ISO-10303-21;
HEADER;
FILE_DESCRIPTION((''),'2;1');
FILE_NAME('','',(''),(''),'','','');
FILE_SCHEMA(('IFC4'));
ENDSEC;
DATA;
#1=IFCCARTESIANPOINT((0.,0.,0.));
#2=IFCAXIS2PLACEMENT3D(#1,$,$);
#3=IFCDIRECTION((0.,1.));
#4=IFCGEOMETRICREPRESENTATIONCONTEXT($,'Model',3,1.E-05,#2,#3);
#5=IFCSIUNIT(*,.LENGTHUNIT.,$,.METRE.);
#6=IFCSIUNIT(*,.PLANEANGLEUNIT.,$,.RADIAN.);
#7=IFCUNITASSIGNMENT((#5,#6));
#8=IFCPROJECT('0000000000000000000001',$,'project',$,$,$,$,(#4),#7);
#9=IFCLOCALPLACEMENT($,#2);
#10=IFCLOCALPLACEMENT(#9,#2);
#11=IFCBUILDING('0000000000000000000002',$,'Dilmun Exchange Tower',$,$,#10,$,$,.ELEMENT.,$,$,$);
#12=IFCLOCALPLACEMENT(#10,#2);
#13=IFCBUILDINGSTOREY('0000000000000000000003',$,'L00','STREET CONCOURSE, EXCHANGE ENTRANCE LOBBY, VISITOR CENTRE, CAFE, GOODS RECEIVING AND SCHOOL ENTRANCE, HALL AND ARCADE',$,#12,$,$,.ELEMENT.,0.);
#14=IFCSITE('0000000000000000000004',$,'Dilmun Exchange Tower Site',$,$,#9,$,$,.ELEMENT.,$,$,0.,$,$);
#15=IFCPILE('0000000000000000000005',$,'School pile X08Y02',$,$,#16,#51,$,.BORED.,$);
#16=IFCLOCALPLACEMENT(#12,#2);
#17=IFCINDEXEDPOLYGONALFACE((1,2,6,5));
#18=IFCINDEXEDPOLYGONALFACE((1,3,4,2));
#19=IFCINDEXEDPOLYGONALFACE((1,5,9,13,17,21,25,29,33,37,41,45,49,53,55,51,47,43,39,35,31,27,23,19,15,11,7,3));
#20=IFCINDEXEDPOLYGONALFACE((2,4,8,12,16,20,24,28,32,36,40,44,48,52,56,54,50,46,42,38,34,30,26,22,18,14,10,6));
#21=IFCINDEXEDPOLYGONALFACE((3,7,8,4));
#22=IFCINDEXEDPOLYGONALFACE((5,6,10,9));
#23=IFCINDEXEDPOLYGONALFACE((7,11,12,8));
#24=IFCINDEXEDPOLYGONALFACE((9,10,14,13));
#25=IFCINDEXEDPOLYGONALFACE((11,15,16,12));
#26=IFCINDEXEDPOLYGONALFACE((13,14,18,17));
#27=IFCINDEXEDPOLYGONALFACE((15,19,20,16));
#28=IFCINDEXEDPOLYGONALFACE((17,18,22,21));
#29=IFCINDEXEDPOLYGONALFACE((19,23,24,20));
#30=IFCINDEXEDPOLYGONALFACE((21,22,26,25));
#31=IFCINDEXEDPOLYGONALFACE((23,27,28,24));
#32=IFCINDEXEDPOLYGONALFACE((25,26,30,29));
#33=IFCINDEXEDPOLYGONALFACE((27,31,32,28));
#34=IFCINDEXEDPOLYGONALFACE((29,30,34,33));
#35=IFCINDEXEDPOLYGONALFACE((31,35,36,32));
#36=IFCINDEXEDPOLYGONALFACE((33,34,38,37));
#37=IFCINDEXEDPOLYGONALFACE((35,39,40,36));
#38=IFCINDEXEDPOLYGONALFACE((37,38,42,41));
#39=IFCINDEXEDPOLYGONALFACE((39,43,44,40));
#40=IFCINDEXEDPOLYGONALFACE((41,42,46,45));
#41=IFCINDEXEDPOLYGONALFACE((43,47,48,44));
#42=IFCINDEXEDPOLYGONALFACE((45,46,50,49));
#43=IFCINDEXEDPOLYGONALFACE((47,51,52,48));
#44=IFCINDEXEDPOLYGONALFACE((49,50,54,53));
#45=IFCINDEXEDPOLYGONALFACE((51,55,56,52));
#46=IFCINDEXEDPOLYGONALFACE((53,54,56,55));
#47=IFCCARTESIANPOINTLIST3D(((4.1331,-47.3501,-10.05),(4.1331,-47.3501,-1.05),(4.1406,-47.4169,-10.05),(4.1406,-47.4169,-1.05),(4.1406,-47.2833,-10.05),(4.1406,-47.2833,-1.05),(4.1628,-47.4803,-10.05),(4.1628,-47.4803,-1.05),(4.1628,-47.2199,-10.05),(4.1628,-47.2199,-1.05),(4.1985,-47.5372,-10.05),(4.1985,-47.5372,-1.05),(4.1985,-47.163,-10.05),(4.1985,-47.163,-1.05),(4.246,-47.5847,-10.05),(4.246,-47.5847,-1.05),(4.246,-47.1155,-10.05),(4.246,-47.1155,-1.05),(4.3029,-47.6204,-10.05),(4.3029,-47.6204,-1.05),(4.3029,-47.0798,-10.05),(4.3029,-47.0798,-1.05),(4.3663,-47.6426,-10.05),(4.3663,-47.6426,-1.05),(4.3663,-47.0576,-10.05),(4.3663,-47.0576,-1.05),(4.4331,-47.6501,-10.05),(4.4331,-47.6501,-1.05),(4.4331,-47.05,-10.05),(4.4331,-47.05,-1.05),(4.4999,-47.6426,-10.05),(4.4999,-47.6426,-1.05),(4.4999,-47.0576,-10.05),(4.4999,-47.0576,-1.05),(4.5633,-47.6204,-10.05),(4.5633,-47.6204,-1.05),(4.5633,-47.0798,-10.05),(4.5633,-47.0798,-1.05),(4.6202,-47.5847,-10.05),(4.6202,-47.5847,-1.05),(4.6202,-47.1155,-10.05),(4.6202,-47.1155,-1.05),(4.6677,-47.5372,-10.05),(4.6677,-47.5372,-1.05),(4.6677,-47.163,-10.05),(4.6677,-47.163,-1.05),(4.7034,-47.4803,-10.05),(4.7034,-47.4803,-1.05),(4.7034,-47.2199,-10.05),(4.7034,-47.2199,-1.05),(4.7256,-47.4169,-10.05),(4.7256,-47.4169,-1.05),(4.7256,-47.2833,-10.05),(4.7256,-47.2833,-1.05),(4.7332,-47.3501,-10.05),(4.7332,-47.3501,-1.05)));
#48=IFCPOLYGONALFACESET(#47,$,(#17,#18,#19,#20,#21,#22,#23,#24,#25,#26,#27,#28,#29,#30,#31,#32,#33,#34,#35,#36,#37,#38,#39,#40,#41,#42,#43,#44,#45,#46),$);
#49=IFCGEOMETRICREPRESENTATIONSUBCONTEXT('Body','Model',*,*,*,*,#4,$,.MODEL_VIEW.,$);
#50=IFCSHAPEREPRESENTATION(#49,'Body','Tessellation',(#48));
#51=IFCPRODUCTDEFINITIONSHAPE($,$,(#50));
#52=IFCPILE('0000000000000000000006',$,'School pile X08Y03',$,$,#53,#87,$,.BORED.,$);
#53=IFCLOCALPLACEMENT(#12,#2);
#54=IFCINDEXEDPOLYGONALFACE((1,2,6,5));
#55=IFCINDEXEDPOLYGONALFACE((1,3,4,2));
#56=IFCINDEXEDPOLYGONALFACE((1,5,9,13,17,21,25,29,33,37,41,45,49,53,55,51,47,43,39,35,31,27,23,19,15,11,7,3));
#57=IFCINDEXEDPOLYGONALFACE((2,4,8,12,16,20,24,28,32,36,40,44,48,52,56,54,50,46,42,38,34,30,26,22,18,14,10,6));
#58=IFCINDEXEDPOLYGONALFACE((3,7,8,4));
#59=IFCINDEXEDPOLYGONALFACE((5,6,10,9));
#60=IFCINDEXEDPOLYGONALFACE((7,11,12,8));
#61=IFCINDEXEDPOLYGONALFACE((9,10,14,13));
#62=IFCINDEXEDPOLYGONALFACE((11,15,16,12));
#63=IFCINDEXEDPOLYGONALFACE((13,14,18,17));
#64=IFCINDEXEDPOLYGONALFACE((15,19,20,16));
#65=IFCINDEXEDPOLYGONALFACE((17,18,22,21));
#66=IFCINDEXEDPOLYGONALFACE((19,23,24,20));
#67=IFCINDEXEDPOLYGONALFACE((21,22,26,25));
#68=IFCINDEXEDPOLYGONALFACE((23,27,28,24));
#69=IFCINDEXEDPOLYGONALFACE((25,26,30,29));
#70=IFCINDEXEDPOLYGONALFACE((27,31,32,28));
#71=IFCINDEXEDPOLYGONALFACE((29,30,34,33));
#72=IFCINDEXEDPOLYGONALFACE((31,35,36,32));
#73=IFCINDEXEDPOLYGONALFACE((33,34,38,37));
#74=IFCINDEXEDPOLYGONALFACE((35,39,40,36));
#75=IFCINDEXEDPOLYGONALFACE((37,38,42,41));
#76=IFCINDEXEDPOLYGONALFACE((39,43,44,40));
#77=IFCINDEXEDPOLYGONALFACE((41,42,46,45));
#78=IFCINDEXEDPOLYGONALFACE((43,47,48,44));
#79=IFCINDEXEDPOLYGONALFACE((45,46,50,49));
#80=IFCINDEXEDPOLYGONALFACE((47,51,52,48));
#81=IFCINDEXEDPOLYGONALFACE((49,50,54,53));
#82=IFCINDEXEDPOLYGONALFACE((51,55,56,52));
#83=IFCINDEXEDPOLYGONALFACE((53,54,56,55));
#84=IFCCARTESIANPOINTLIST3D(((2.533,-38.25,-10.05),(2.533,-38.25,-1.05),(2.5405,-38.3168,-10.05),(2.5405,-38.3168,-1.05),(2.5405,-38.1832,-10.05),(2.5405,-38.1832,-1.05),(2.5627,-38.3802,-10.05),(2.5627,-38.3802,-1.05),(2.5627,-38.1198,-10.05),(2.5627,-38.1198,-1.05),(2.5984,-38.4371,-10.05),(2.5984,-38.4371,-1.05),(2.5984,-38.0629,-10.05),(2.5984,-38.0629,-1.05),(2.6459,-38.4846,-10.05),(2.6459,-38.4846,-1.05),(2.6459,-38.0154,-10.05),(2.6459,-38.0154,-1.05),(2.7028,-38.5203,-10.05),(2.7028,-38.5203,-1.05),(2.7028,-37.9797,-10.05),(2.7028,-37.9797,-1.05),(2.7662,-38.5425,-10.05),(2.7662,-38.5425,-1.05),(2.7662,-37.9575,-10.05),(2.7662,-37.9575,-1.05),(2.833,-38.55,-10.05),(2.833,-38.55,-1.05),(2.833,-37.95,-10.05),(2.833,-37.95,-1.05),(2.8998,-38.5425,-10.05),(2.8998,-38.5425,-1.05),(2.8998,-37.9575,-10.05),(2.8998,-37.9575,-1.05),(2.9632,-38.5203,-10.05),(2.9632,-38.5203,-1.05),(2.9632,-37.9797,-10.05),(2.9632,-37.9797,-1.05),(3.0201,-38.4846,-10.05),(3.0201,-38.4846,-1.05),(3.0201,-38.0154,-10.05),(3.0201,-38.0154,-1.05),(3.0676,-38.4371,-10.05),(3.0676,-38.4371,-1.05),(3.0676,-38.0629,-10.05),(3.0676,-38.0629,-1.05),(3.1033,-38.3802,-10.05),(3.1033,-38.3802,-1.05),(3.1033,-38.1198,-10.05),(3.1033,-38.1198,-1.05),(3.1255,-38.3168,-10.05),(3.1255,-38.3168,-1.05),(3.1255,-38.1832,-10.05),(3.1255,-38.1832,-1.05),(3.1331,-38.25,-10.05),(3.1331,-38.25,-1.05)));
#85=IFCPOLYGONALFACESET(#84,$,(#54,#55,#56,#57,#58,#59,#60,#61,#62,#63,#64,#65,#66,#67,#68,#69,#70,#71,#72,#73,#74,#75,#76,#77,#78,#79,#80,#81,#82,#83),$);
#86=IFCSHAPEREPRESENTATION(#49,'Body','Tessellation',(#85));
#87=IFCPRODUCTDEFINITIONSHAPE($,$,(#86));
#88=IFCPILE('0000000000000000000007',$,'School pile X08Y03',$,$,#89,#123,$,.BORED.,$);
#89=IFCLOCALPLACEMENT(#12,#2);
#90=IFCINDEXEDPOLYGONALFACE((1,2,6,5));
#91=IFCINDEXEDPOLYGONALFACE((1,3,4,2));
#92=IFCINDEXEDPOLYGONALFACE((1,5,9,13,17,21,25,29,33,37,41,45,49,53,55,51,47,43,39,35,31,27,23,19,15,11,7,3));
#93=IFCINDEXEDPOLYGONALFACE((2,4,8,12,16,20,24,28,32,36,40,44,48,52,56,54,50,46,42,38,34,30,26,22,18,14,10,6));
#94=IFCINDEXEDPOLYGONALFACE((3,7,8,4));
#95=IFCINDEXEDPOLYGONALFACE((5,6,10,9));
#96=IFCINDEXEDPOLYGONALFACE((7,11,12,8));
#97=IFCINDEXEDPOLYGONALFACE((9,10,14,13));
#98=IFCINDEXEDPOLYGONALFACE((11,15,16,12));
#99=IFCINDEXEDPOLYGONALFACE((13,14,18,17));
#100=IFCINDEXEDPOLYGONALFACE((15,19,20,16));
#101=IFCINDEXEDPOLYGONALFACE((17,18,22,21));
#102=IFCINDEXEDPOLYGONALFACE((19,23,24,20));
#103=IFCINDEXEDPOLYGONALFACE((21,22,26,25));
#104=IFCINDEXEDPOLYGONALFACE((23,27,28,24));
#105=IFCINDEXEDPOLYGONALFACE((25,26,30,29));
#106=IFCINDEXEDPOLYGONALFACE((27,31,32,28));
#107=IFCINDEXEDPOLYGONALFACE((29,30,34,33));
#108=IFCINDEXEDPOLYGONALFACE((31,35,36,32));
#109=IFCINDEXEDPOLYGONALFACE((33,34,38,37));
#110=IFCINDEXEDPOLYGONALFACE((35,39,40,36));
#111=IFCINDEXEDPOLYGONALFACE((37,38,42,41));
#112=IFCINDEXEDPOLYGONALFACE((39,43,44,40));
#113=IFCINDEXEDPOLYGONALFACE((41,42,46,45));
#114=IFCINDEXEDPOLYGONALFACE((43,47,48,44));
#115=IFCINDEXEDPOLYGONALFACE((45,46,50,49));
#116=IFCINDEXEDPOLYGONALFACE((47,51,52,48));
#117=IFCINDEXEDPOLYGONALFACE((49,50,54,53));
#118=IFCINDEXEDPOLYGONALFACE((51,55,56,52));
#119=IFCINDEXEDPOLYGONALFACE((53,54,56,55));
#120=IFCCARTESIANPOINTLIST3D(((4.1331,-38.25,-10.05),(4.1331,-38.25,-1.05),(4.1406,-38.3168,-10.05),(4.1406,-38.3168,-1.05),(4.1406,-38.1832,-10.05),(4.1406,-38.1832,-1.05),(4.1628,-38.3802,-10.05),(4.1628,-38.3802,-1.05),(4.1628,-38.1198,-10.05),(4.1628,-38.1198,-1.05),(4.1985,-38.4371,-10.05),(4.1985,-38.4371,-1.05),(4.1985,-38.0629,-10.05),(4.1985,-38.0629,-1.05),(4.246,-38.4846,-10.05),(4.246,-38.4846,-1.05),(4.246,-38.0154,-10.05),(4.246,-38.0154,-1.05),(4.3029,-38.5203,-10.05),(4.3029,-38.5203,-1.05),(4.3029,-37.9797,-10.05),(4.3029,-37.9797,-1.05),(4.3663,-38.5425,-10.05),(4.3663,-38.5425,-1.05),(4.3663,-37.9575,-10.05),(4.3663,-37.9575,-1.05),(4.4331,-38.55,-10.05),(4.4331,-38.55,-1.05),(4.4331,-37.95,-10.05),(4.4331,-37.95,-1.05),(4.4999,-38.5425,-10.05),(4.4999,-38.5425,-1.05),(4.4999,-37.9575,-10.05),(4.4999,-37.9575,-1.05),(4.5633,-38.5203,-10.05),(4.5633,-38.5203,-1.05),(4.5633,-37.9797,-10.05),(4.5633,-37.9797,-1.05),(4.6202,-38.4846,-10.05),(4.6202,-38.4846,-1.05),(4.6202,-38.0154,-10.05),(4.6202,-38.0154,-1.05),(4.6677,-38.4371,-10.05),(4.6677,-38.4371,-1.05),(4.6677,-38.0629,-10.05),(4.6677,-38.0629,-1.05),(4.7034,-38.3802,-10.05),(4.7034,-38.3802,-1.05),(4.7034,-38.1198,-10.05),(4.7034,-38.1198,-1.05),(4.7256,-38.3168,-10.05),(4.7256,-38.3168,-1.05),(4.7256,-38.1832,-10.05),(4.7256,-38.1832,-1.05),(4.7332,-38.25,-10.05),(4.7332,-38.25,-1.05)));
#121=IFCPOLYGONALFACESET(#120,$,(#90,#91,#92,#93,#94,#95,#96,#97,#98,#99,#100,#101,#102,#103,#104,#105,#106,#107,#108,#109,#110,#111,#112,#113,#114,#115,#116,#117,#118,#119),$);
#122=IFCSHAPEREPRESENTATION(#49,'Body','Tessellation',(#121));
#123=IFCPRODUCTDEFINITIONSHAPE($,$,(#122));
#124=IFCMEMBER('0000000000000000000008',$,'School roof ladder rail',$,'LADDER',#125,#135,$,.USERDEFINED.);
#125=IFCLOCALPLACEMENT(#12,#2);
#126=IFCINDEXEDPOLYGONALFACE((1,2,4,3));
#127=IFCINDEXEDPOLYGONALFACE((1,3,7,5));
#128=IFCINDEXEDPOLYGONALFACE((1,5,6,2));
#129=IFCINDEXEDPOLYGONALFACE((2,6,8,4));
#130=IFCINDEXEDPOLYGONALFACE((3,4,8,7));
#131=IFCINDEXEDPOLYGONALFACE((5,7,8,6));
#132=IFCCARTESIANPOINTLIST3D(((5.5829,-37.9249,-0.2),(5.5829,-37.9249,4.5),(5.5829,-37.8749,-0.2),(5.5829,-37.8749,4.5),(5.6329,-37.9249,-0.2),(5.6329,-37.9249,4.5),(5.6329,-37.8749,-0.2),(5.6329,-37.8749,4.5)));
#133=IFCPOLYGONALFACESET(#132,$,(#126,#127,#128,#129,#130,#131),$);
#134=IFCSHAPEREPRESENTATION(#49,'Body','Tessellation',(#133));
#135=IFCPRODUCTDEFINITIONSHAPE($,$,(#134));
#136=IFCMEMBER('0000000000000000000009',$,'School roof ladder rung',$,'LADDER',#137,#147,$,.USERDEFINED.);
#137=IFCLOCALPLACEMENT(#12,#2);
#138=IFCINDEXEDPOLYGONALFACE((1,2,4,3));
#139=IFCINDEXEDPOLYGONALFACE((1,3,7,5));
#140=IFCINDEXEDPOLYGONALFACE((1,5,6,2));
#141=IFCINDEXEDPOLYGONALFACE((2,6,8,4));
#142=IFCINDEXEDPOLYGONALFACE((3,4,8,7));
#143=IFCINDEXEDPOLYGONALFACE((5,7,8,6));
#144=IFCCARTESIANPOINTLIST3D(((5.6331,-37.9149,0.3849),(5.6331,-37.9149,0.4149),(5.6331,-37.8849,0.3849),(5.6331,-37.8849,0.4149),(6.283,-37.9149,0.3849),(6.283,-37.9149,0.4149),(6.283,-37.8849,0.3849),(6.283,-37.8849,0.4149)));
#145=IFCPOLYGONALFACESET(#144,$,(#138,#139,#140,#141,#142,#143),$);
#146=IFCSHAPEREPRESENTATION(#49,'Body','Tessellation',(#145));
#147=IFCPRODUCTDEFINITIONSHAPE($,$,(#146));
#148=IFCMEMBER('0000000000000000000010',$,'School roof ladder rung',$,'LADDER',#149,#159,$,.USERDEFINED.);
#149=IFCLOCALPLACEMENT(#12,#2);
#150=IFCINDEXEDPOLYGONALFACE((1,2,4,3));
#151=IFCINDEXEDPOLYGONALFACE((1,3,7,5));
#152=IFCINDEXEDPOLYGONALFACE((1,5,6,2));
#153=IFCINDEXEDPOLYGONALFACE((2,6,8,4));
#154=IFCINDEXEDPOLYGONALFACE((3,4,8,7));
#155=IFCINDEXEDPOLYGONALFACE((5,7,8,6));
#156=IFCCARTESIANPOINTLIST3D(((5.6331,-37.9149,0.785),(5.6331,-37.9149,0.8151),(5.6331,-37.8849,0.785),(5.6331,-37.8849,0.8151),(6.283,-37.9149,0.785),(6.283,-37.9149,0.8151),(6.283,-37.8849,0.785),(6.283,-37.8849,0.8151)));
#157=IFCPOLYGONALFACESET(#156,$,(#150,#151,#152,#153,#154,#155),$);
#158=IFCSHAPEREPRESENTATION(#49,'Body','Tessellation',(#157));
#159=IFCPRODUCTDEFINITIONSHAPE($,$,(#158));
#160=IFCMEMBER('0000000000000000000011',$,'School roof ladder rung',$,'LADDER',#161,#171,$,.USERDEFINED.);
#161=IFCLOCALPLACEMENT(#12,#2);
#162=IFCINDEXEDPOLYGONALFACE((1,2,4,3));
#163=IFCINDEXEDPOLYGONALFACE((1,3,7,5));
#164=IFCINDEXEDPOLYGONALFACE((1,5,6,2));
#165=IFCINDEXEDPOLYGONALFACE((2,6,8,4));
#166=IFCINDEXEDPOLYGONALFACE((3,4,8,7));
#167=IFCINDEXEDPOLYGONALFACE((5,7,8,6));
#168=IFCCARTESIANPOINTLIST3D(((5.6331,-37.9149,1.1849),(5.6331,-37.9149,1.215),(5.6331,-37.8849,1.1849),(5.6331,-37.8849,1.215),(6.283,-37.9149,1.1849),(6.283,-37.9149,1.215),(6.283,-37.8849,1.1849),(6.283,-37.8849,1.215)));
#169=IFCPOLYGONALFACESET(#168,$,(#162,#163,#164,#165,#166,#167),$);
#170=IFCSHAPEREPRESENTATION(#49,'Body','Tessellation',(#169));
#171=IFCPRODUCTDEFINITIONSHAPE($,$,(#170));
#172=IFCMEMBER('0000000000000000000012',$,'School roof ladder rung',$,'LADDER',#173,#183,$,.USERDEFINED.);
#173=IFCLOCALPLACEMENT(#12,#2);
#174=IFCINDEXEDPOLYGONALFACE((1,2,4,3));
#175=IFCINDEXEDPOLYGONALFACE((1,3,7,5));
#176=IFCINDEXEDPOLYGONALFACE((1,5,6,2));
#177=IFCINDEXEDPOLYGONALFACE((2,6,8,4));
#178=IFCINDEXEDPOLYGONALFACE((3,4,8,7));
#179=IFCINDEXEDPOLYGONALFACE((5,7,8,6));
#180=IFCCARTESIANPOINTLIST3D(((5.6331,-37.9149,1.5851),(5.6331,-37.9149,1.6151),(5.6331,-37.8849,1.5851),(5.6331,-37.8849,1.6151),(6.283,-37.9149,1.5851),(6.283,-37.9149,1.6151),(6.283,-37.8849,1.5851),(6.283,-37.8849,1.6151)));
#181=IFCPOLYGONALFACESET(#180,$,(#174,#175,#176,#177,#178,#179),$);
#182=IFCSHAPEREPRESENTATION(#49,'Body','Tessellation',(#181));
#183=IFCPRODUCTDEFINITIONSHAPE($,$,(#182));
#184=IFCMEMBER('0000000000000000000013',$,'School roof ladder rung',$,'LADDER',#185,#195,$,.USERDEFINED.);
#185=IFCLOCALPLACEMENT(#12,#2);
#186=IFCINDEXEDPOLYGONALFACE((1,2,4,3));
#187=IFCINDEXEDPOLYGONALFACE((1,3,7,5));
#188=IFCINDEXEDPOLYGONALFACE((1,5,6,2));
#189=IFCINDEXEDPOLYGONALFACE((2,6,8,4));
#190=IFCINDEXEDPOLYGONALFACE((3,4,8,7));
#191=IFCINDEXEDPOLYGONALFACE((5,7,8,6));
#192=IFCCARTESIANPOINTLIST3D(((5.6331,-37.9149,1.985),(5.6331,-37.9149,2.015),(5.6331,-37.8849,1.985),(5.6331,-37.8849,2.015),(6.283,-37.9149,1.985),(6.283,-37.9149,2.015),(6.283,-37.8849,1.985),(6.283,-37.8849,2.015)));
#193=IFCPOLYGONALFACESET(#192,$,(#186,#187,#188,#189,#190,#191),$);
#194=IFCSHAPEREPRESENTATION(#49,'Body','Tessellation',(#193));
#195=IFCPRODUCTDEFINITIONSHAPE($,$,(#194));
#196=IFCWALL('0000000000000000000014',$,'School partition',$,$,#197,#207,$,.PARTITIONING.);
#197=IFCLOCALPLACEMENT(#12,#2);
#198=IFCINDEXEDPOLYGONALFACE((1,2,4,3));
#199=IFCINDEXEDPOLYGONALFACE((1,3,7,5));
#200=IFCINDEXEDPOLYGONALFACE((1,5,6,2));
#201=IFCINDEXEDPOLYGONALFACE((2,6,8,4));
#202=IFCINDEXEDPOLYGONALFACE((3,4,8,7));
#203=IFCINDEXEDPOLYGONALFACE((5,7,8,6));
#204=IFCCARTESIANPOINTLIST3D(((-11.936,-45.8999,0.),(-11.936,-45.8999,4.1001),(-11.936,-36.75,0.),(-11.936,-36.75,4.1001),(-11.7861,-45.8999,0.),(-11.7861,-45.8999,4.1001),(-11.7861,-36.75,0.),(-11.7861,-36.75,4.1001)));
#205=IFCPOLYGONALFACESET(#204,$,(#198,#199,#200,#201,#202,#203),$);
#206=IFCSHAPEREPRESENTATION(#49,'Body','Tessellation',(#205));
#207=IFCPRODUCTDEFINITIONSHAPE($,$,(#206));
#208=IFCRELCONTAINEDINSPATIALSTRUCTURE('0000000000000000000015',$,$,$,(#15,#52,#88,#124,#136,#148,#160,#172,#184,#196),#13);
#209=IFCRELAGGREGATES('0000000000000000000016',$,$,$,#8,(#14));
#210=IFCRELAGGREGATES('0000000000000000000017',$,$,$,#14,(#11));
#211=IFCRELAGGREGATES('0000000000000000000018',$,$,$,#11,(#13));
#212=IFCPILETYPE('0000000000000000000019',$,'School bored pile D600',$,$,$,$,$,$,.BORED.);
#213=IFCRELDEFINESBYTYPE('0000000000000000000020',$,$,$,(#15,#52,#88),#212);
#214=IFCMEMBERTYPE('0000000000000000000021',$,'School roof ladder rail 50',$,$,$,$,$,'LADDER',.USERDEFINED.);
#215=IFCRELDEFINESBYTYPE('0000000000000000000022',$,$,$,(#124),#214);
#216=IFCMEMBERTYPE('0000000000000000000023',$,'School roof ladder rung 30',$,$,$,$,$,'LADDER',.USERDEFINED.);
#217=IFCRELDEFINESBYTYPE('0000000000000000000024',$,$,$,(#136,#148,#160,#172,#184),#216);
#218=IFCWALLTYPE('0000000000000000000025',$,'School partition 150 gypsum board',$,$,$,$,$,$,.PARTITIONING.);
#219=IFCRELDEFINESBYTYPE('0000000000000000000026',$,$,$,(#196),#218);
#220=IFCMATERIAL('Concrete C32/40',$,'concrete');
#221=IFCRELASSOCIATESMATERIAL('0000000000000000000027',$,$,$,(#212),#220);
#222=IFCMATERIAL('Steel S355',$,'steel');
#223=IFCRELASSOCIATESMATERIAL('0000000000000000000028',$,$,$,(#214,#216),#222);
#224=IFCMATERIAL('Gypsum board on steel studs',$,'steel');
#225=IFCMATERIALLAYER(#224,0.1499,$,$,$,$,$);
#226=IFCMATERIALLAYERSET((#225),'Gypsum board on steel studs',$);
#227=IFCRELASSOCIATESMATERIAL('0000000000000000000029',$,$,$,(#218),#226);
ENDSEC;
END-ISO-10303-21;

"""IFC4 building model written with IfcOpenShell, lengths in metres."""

from ifc_helpers import new_model, si_unit, direction, frame, frame_2d, origin, origin_2d, place, context, subcontext, project, spatial, rectangle, circle, extrude, material, layer, layer_set, material_profile, profile_set, type_object, element, save


model = new_model("IFC4")

# Units and contexts
model_context = context("Model", 3, precision=1e-05, world=origin(), true_north=direction((0.0, 1.0)))
body_context = subcontext(model_context, "Body", "Model", "MODEL_VIEW")
ifc_project = project(units=[si_unit("LENGTHUNIT", "METRE"), si_unit("PLANEANGLEUNIT", "RADIAN")], contexts=[model_context])

# Site, building, storey
site_placement = place(None, origin())
site = spatial("IfcSite", under=ifc_project, at=site_placement, Name="Dilmun Exchange Tower Site", CompositionType="ELEMENT", RefElevation=0.0)
building_placement = place(site_placement, origin())
building = spatial("IfcBuilding", under=site, at=building_placement, Name="Dilmun Exchange Tower", CompositionType="ELEMENT")
storey_placement = place(building_placement, origin())
storey = spatial("IfcBuildingStorey", under=building, at=storey_placement, Name="L00", Description="STREET CONCOURSE, EXCHANGE ENTRANCE LOBBY, VISITOR CENTRE, CAFE, GOODS RECEIVING AND SCHOOL ENTRANCE, HALL AND ARCADE", CompositionType="ELEMENT", Elevation=0.0)

# Piles
ifc_material_1 = material(Name="Concrete C32/40", Category="concrete")
ifc_material_profile_1 = material_profile(ifc_material_1, circle(Radius=0.3, at=origin_2d()), Name="D600")
ifc_profile_set_1 = profile_set([ifc_material_profile_1], Name="Concrete C32/40")
pile_type = type_object("IfcPileType", Name="School bored pile D600", PredefinedType="BORED", material=ifc_profile_set_1)
for number, where, z_axis, x_axis, name in (
    (1, (4.4331, -47.3501, -1.05), (0.0, 0.0, -1.0), (1.0, 0.0, 0.0), "School pile X08Y02"),
    (2, (2.833, -38.25, -1.05), (0.0, 0.0, -1.0), (1.0, 0.0, 0.0), "School pile X08Y03"),
    (3, (4.4331, -38.25, -1.05), (0.0, 0.0, -1.0), (1.0, 0.0, 0.0), "School pile X08Y03"),
):
    element("IfcPile", number, at=place(storey_placement, frame(where, z_axis=z_axis, x_axis=x_axis)), inside=storey, type_object=pile_type, Name=name, PredefinedType="BORED", context=body_context, shape_type="SweptSolid", body=[
        extrude(circle(Radius=0.3, at=origin_2d()), origin(), (0.0, 0.0, 1.0), 9.0),
    ])

# Members
ifc_material_2 = material(Name="Steel S355", Category="steel")
ifc_material_profile_2 = material_profile(ifc_material_2, rectangle(XDim=0.05, YDim=0.05, at=origin_2d()), Name="50 x 50")
ifc_profile_set_2 = profile_set([ifc_material_profile_2], Name="Steel S355")
member_type_1 = type_object("IfcMemberType", Name="School roof ladder rail 50", ElementType="LADDER", PredefinedType="USERDEFINED", material=ifc_profile_set_2)
member_placement = place(storey_placement, frame((5.6079, -37.8999, -0.2), z_axis=(0.0, 0.0, 1.0), x_axis=(1.0, 0.0, 0.0)))
element("IfcMember", 4, at=member_placement, inside=storey, type_object=member_type_1, Name="School roof ladder rail", ObjectType="LADDER", PredefinedType="USERDEFINED", context=body_context, shape_type="SweptSolid", body=[
    extrude(rectangle(XDim=0.05, YDim=0.05, at=origin_2d()), origin(), (0.0, 0.0, 1.0), 4.7),
])
ifc_material_profile_3 = material_profile(ifc_material_2, rectangle(XDim=0.03, YDim=0.03, at=origin_2d()), Name="30 x 30")
ifc_profile_set_3 = profile_set([ifc_material_profile_3], Name="Steel S355")
member_type_2 = type_object("IfcMemberType", Name="School roof ladder rung 30", ElementType="LADDER", PredefinedType="USERDEFINED", material=ifc_profile_set_3)
for number, where, z_axis, x_axis, name in (
    (5, (5.6331, -37.8999, 0.3999), (1.0, 0.0, 0.0), (0.0, 1.0, 0.0), "School roof ladder rung"),
    (6, (5.6331, -37.8999, 0.8), (1.0, 0.0, 0.0), (0.0, 1.0, 0.0), "School roof ladder rung"),
    (7, (5.6331, -37.8999, 1.2), (1.0, 0.0, 0.0), (0.0, 1.0, 0.0), "School roof ladder rung"),
    (8, (5.6331, -37.8999, 1.6001), (1.0, 0.0, 0.0), (0.0, 1.0, 0.0), "School roof ladder rung"),
    (9, (5.6331, -37.8999, 2.0), (1.0, 0.0, 0.0), (0.0, 1.0, 0.0), "School roof ladder rung"),
):
    element("IfcMember", number, at=place(storey_placement, frame(where, z_axis=z_axis, x_axis=x_axis)), inside=storey, type_object=member_type_2, Name=name, ObjectType="LADDER", PredefinedType="USERDEFINED", context=body_context, shape_type="SweptSolid", body=[
        extrude(rectangle(XDim=0.03, YDim=0.03, at=origin_2d()), origin(), (0.0, 0.0, 1.0), 0.6499),
    ])

# Wall
ifc_material_3 = material(Name="Gypsum board on steel studs", Category="steel")
ifc_layer_1 = layer(ifc_material_3, 0.1499)
ifc_layer_set_1 = layer_set([ifc_layer_1], Name="Gypsum board on steel studs")
wall_type_1 = type_object("IfcWallType", Name="School partition 150 gypsum board", PredefinedType="PARTITIONING", material=ifc_layer_set_1)
for number, where, z_axis, x_axis, name in (
    (10, (-11.8611, -45.8999, 0.0), (0.0, 0.0, 1.0), (0.0, 1.0, 0.0), "School partition"),
):
    element("IfcWall", number, at=place(storey_placement, frame(where, z_axis=z_axis, x_axis=x_axis)), inside=storey, type_object=wall_type_1, Name=name, PredefinedType="PARTITIONING", context=body_context, shape_type="SweptSolid", body=[
        extrude(rectangle(XDim=9.1499, YDim=0.1499, at=frame_2d((4.575, 0.0))), origin(), (0.0, 0.0, 1.0), 4.1001),
    ])

save(model, "model.ifc")
